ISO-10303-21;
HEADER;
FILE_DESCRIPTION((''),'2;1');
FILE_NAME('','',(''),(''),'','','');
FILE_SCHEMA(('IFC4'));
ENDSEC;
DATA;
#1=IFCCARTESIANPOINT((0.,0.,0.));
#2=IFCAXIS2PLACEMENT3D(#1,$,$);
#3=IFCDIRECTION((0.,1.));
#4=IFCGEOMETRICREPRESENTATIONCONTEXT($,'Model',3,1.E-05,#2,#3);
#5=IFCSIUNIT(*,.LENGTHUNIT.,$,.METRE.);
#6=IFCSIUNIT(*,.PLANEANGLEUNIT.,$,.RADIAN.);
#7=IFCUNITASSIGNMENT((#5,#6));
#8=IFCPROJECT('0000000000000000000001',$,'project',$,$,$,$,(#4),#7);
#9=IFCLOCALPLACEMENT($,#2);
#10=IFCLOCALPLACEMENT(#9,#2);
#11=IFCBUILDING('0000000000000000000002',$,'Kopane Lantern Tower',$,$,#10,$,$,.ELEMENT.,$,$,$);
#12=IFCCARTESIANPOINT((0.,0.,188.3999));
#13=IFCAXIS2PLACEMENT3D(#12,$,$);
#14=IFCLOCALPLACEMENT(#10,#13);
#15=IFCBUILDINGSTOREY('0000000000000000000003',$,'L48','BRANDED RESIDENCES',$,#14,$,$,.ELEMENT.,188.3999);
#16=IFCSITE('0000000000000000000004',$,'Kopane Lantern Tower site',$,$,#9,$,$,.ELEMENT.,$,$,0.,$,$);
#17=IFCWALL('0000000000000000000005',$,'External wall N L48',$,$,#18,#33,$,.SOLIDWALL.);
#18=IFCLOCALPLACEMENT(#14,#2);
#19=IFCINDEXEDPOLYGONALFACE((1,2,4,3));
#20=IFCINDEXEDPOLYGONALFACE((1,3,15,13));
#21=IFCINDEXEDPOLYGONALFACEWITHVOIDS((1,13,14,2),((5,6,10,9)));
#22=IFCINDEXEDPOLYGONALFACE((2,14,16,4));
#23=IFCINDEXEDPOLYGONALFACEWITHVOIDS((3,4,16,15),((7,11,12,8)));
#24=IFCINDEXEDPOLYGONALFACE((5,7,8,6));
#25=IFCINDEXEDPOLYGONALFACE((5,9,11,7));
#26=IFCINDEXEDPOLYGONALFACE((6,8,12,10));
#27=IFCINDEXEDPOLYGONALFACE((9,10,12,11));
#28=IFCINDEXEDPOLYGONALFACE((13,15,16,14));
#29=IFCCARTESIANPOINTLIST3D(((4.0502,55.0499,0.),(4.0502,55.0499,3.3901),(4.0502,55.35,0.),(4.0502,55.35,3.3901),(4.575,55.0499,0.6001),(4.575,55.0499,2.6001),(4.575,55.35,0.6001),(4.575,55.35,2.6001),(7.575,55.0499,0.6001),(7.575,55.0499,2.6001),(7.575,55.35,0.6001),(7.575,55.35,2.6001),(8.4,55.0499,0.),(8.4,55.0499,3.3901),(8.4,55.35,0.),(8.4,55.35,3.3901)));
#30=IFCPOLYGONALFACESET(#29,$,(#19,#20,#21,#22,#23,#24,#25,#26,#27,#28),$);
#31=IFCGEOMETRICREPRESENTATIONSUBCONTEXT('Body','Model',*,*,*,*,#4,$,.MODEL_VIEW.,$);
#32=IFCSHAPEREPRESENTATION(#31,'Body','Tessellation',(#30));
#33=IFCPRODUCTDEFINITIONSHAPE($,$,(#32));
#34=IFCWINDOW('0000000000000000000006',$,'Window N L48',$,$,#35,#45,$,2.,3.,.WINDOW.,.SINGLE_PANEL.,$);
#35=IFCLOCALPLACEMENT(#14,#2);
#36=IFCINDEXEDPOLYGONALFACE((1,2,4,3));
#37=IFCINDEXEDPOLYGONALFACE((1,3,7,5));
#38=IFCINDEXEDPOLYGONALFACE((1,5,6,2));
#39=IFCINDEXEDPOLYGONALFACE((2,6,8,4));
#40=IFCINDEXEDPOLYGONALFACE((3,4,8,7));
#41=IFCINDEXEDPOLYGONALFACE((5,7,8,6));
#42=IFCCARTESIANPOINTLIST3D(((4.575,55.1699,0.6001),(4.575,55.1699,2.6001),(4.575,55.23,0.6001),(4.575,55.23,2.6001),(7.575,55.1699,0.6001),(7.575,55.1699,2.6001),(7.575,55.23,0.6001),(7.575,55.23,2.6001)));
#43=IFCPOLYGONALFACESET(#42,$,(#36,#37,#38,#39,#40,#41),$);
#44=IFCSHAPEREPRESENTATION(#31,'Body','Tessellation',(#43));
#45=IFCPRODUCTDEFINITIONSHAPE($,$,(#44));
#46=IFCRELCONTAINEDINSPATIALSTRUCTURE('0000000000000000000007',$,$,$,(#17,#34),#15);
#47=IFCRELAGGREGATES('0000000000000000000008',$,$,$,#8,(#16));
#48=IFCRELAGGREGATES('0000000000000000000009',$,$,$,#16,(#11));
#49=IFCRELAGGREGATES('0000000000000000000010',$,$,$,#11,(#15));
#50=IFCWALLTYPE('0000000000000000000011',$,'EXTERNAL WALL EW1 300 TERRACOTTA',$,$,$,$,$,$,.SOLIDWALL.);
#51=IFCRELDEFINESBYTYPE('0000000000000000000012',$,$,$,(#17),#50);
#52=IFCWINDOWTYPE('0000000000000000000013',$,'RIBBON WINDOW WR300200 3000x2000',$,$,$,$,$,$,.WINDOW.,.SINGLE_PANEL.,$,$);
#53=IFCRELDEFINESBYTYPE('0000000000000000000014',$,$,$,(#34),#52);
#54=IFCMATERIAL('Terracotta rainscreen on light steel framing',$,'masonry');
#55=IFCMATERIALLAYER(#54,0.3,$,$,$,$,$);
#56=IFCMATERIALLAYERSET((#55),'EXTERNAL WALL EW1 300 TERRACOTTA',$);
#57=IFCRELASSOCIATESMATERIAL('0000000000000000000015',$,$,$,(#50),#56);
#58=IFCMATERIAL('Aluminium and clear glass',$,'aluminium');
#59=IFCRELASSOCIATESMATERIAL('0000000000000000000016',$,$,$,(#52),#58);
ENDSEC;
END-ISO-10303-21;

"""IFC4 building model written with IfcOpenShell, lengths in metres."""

from ifc_helpers import new_model, si_unit, direction, frame, frame_2d, origin, place, context, subcontext, project, spatial, rectangle, extrude, material, layer, layer_set, type_object, element, fill, save


model = new_model("IFC4")

# Units and contexts
model_context = context("Model", 3, precision=1e-05, world=origin(), true_north=direction((0.0, 1.0)))
body_context = subcontext(model_context, "Body", "Model", "MODEL_VIEW")
ifc_project = project(units=[si_unit("LENGTHUNIT", "METRE"), si_unit("PLANEANGLEUNIT", "RADIAN")], contexts=[model_context])

# Site, building, storey
site_placement = place(None, origin())
site = spatial("IfcSite", under=ifc_project, at=site_placement, Name="Kopane Lantern Tower site", CompositionType="ELEMENT", RefElevation=0.0)
building_placement = place(site_placement, origin())
building = spatial("IfcBuilding", under=site, at=building_placement, Name="Kopane Lantern Tower", CompositionType="ELEMENT")
storey_placement = place(building_placement, frame((0.0, 0.0, 188.3999)))
storey = spatial("IfcBuildingStorey", under=building, at=storey_placement, Name="L48", Description="BRANDED RESIDENCES", CompositionType="ELEMENT", Elevation=188.3999)

# Wall, opening, window
ifc_material_1 = material(Name="Terracotta rainscreen on light steel framing", Category="masonry")
ifc_layer_1 = layer(ifc_material_1, 0.3)
ifc_layer_set_1 = layer_set([ifc_layer_1], Name="EXTERNAL WALL EW1 300 TERRACOTTA")
wall_type_1 = type_object("IfcWallType", Name="EXTERNAL WALL EW1 300 TERRACOTTA", PredefinedType="SOLIDWALL", material=ifc_layer_set_1)
ifc_material_2 = material(Name="Aluminium and clear glass", Category="aluminium")
window_type = type_object("IfcWindowType", Name="RIBBON WINDOW WR300200 3000x2000", PartitioningType="SINGLE_PANEL", PredefinedType="WINDOW", material=ifc_material_2)
wall_1_placement = place(storey_placement, frame((8.3999, 55.2, 0.0), z_axis=(0.0, 0.0, 1.0), x_axis=(-1.0, 0.0, 0.0)))
wall_1 = element("IfcWall", 1, at=wall_1_placement, inside=storey, type_object=wall_type_1, Name="External wall N L48", PredefinedType="SOLIDWALL", context=body_context, shape_type="SweptSolid", body=[
    extrude(rectangle(XDim=4.3499, YDim=0.3, at=frame_2d((2.1748, 0.0))), origin(), (0.0, 0.0, 1.0), 3.3901),
])
opening_1_placement = place(wall_1_placement, frame((0.825, 0.0, 0.6001)))
opening_1 = element("IfcOpeningElement", 2, at=opening_1_placement, cuts=wall_1, PredefinedType="OPENING", context=body_context, shape_type="SweptSolid", body=[
    extrude(rectangle(XDim=3.0, YDim=2.0, at=frame_2d((1.5, 1.0))), frame((0.0, 0.1599, 0.0), z_axis=(0.0, -1.0, 0.0), x_axis=(1.0, 0.0, 0.0)), (0.0, 0.0, 1.0), 0.3201),
])
window_1_placement = place(opening_1_placement, origin())
window_1 = element("IfcWindow", 3, at=window_1_placement, inside=storey, type_object=window_type, Name="Window N L48", OverallHeight=2.0, OverallWidth=3.0, PartitioningType="SINGLE_PANEL", PredefinedType="WINDOW", context=body_context, shape_type="SweptSolid", body=[
    extrude(rectangle(XDim=3.0, YDim=2.0, at=frame_2d((1.5, 1.0))), frame((0.0, 0.03, 0.0), z_axis=(0.0, -1.0, 0.0), x_axis=(1.0, 0.0, 0.0)), (0.0, 0.0, 1.0), 0.0601),
])
fill(opening_1, window_1)

save(model, "model.ifc")
